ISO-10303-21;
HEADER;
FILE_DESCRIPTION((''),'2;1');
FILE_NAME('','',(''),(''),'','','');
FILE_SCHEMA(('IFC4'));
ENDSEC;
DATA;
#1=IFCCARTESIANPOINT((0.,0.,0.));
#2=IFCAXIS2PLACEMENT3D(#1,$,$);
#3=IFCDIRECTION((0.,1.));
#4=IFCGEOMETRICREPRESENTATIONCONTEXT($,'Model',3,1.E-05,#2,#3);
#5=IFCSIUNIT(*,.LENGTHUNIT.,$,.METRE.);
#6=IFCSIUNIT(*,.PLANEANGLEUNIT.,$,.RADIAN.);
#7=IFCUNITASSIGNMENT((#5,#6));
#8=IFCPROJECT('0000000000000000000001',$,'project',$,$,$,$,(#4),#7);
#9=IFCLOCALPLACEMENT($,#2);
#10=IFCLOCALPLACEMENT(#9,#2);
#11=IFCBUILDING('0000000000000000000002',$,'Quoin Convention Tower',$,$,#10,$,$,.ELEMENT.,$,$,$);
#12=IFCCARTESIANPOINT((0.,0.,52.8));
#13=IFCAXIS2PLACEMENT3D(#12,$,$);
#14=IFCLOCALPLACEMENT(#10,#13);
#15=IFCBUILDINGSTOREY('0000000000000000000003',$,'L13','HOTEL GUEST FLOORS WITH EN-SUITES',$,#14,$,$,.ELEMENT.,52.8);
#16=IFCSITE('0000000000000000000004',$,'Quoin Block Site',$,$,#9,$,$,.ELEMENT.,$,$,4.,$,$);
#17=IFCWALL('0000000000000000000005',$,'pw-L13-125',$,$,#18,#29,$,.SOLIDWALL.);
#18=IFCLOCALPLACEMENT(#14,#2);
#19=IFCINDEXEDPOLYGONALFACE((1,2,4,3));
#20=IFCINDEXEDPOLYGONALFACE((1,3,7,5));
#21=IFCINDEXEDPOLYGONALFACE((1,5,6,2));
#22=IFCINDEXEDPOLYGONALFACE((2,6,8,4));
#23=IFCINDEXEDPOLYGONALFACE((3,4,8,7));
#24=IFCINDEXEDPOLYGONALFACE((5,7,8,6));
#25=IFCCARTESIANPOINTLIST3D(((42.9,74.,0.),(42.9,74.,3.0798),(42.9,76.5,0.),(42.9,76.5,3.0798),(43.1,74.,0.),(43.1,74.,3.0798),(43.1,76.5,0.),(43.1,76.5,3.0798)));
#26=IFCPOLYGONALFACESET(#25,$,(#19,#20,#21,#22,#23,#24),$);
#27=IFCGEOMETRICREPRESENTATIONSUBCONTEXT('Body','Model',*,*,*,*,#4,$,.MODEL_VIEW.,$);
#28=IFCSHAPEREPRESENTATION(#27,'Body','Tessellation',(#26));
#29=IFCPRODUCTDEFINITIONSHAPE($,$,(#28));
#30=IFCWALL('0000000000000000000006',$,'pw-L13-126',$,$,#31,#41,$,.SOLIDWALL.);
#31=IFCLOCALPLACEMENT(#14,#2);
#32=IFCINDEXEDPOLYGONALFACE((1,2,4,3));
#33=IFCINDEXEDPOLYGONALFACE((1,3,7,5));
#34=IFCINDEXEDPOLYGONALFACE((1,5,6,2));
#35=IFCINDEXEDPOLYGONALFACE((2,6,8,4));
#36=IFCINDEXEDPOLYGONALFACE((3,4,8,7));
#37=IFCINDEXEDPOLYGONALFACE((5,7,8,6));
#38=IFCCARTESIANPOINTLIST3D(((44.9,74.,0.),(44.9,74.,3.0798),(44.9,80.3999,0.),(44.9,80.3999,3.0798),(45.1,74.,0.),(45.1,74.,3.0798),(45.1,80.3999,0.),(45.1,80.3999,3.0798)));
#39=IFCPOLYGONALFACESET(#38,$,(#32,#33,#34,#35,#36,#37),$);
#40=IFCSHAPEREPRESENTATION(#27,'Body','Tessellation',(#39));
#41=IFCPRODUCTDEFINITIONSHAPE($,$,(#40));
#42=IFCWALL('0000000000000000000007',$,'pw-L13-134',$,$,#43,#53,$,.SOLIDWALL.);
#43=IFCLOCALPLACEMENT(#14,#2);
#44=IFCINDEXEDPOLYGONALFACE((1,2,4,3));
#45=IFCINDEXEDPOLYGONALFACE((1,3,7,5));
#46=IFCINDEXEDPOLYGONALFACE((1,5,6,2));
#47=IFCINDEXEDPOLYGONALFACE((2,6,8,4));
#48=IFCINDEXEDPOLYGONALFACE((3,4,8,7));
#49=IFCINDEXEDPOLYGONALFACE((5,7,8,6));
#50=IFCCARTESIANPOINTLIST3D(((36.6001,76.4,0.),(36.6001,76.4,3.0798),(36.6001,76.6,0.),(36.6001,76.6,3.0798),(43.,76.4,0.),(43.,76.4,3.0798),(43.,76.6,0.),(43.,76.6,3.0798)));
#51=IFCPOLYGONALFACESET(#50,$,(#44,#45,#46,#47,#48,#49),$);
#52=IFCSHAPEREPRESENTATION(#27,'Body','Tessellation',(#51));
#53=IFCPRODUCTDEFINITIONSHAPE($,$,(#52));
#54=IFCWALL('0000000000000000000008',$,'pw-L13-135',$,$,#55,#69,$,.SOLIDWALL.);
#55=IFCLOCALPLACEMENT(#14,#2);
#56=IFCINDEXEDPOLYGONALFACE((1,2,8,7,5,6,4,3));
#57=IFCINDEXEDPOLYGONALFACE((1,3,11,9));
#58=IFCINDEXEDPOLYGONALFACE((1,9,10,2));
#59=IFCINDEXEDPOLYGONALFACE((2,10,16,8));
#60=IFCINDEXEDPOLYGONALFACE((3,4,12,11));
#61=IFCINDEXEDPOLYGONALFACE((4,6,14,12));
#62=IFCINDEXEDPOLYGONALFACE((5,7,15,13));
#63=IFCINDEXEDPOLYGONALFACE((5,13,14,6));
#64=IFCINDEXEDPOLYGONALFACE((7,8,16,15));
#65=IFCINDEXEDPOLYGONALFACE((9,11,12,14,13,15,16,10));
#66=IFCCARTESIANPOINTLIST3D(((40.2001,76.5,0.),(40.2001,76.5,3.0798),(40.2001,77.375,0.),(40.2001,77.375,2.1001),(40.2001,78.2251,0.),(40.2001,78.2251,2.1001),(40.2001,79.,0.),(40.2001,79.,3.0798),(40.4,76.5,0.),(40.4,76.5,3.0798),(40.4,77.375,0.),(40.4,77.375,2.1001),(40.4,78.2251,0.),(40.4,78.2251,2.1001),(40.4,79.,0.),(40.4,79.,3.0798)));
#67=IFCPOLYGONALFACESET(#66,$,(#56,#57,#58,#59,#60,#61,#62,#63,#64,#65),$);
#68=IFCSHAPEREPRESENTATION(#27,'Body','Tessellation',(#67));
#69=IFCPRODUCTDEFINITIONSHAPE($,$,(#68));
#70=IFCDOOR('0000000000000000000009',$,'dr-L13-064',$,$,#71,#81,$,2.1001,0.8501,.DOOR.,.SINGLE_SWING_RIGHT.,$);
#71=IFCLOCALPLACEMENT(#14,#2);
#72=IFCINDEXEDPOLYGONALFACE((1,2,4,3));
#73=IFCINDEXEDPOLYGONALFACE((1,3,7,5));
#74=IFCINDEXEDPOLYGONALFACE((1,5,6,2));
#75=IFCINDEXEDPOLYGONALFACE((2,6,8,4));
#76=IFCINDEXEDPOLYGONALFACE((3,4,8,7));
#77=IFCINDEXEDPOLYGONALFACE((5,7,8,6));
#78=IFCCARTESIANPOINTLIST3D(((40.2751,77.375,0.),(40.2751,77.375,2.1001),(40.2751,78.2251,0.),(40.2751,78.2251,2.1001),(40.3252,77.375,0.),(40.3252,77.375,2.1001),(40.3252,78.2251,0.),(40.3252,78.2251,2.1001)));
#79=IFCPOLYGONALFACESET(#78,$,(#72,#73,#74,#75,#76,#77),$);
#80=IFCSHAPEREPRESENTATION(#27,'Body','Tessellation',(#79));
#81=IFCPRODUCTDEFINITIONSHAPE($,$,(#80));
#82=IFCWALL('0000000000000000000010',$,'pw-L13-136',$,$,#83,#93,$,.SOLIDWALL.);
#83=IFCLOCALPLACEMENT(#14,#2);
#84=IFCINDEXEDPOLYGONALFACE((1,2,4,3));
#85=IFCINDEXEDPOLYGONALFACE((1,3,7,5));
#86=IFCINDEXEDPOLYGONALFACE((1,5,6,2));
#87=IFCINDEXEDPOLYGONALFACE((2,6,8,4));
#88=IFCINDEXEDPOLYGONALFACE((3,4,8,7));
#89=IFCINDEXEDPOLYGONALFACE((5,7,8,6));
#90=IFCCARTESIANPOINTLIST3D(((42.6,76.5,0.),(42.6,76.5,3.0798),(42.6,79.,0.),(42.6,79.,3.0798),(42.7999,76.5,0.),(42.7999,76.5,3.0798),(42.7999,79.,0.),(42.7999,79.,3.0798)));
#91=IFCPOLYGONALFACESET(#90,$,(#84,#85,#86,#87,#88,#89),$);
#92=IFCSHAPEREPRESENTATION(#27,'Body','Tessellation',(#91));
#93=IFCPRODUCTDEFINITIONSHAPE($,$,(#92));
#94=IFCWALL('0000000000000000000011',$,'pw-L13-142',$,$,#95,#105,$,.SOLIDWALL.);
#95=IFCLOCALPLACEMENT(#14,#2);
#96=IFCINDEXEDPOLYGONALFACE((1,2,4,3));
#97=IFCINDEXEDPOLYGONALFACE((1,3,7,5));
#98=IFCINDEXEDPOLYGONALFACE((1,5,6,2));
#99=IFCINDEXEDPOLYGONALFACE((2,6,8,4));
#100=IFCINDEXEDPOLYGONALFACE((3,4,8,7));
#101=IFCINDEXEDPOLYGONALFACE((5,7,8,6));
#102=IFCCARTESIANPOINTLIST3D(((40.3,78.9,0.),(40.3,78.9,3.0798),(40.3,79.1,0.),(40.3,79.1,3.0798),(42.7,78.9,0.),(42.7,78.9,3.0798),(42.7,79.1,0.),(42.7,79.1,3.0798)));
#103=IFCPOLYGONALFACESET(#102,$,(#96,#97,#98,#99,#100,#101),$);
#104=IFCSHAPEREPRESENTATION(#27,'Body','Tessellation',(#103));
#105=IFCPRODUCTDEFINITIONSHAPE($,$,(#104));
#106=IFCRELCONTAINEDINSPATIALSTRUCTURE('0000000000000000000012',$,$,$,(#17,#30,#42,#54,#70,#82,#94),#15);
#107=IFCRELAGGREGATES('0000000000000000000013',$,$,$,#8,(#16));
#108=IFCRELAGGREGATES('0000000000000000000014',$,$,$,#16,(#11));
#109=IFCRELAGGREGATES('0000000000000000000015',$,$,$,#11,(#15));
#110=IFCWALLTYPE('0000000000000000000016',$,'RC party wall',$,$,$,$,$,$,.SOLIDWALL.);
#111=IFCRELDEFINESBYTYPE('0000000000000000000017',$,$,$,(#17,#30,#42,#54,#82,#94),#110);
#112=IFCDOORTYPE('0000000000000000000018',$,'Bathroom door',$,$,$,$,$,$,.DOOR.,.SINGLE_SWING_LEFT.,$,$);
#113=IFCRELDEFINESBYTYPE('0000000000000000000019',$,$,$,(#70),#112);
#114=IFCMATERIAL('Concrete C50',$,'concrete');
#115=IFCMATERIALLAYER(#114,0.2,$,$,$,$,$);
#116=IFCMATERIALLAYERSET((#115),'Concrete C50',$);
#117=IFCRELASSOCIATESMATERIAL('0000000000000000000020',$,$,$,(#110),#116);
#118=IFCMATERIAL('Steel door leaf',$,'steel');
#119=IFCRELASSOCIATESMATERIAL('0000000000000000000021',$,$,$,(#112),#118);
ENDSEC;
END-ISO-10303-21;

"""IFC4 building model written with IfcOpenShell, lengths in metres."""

from ifc_helpers import new_model, si_unit, direction, frame, frame_2d, origin, place, context, subcontext, project, spatial, rectangle, extrude, material, layer, layer_set, type_object, element, fill, save


model = new_model("IFC4")

# Units and contexts
model_context = context("Model", 3, precision=1e-05, world=origin(), true_north=direction((0.0, 1.0)))
body_context = subcontext(model_context, "Body", "Model", "MODEL_VIEW")
ifc_project = project(units=[si_unit("LENGTHUNIT", "METRE"), si_unit("PLANEANGLEUNIT", "RADIAN")], contexts=[model_context])

# Site, building, storey
site_placement = place(None, origin())
site = spatial("IfcSite", under=ifc_project, at=site_placement, Name="Quoin Block Site", CompositionType="ELEMENT", RefElevation=4.0)
building_placement = place(site_placement, origin())
building = spatial("IfcBuilding", under=site, at=building_placement, Name="Quoin Convention Tower", CompositionType="ELEMENT")
storey_placement = place(building_placement, frame((0.0, 0.0, 52.8)))
storey = spatial("IfcBuildingStorey", under=building, at=storey_placement, Name="L13", Description="HOTEL GUEST FLOORS WITH EN-SUITES", CompositionType="ELEMENT", Elevation=52.8)

# Walls
ifc_material_1 = material(Name="Concrete C50", Category="concrete")
ifc_layer_1 = layer(ifc_material_1, 0.2)
ifc_layer_set_1 = layer_set([ifc_layer_1], Name="Concrete C50")
wall_type_1 = type_object("IfcWallType", Name="RC party wall", PredefinedType="SOLIDWALL", material=ifc_layer_set_1)
wall_1_placement = place(storey_placement, frame((43.0, 74.0, 0.0), z_axis=(0.0, 0.0, 1.0), x_axis=(0.0, 1.0, 0.0)))
element("IfcWall", 1, at=wall_1_placement, inside=storey, type_object=wall_type_1, Name="pw-L13-125", PredefinedType="SOLIDWALL", context=body_context, shape_type="SweptSolid", body=[
    extrude(rectangle(XDim=2.5, YDim=0.2, at=frame_2d((1.25, 0.0))), origin(), (0.0, 0.0, 1.0), 3.0798),
])
for number, where, z_axis, x_axis, name in (
    (2, (45.0, 74.0, 0.0), (0.0, 0.0, 1.0), (0.0, 1.0, 0.0), "pw-L13-126"),
    (3, (36.6001, 76.5, 0.0), (0.0, 0.0, 1.0), (1.0, 0.0, 0.0), "pw-L13-134"),
):
    element("IfcWall", number, at=place(storey_placement, frame(where, z_axis=z_axis, x_axis=x_axis)), inside=storey, type_object=wall_type_1, Name=name, PredefinedType="SOLIDWALL", context=body_context, shape_type="SweptSolid", body=[
        extrude(rectangle(XDim=6.3999, YDim=0.2, at=frame_2d((3.2, 0.0))), origin(), (0.0, 0.0, 1.0), 3.0798),
    ])

# Wall, opening, door
wall_2_placement = place(storey_placement, frame((40.3, 76.5, 0.0), z_axis=(0.0, 0.0, 1.0), x_axis=(0.0, 1.0, 0.0)))
wall_2 = element("IfcWall", 4, at=wall_2_placement, inside=storey, type_object=wall_type_1, Name="pw-L13-135", PredefinedType="SOLIDWALL", context=body_context, shape_type="SweptSolid", body=[
    extrude(rectangle(XDim=2.5, YDim=0.2, at=frame_2d((1.25, 0.0))), origin(), (0.0, 0.0, 1.0), 3.0798),
])
opening_1_placement = place(wall_2_placement, frame((0.875, 0.0, 0.0)))
opening_1 = element("IfcOpeningElement", 5, at=opening_1_placement, cuts=wall_2, PredefinedType="OPENING", context=body_context, shape_type="SweptSolid", body=[
    extrude(rectangle(XDim=0.8501, YDim=2.1001, at=frame_2d((0.425, 1.05))), frame((0.0, 0.1099, 0.0), z_axis=(0.0, -1.0, 0.0), x_axis=(1.0, 0.0, 0.0)), (0.0, 0.0, 1.0), 0.22),
])
ifc_material_2 = material(Name="Steel door leaf", Category="steel")
door_type_1 = type_object("IfcDoorType", Name="Bathroom door", OperationType="SINGLE_SWING_LEFT", PredefinedType="DOOR", material=ifc_material_2)
door_1_placement = place(opening_1_placement, origin())
door_1 = element("IfcDoor", 6, at=door_1_placement, inside=storey, type_object=door_type_1, Name="dr-L13-064", OperationType="SINGLE_SWING_RIGHT", OverallHeight=2.1001, OverallWidth=0.8501, PredefinedType="DOOR", context=body_context, shape_type="SweptSolid", body=[
    extrude(rectangle(XDim=0.8501, YDim=2.1001, at=frame_2d((0.425, 1.05))), frame((0.0, 0.0249, 0.0), z_axis=(0.0, -1.0, 0.0), x_axis=(1.0, 0.0, 0.0)), (0.0, 0.0, 1.0), 0.05),
])
fill(opening_1, door_1)

# Walls
wall_3_placement = place(storey_placement, frame((42.7, 76.5, 0.0), z_axis=(0.0, 0.0, 1.0), x_axis=(0.0, 1.0, 0.0)))
element("IfcWall", 7, at=wall_3_placement, inside=storey, type_object=wall_type_1, Name="pw-L13-136", PredefinedType="SOLIDWALL", context=body_context, shape_type="SweptSolid", body=[
    extrude(rectangle(XDim=2.5, YDim=0.2, at=frame_2d((1.25, 0.0))), origin(), (0.0, 0.0, 1.0), 3.0798),
])
wall_4_placement = place(storey_placement, frame((40.3, 79.0, 0.0), z_axis=(0.0, 0.0, 1.0), x_axis=(1.0, 0.0, 0.0)))
element("IfcWall", 8, at=wall_4_placement, inside=storey, type_object=wall_type_1, Name="pw-L13-142", PredefinedType="SOLIDWALL", context=body_context, shape_type="SweptSolid", body=[
    extrude(rectangle(XDim=2.3999, YDim=0.2, at=frame_2d((1.2, 0.0))), origin(), (0.0, 0.0, 1.0), 3.0798),
])

save(model, "model.ifc")
